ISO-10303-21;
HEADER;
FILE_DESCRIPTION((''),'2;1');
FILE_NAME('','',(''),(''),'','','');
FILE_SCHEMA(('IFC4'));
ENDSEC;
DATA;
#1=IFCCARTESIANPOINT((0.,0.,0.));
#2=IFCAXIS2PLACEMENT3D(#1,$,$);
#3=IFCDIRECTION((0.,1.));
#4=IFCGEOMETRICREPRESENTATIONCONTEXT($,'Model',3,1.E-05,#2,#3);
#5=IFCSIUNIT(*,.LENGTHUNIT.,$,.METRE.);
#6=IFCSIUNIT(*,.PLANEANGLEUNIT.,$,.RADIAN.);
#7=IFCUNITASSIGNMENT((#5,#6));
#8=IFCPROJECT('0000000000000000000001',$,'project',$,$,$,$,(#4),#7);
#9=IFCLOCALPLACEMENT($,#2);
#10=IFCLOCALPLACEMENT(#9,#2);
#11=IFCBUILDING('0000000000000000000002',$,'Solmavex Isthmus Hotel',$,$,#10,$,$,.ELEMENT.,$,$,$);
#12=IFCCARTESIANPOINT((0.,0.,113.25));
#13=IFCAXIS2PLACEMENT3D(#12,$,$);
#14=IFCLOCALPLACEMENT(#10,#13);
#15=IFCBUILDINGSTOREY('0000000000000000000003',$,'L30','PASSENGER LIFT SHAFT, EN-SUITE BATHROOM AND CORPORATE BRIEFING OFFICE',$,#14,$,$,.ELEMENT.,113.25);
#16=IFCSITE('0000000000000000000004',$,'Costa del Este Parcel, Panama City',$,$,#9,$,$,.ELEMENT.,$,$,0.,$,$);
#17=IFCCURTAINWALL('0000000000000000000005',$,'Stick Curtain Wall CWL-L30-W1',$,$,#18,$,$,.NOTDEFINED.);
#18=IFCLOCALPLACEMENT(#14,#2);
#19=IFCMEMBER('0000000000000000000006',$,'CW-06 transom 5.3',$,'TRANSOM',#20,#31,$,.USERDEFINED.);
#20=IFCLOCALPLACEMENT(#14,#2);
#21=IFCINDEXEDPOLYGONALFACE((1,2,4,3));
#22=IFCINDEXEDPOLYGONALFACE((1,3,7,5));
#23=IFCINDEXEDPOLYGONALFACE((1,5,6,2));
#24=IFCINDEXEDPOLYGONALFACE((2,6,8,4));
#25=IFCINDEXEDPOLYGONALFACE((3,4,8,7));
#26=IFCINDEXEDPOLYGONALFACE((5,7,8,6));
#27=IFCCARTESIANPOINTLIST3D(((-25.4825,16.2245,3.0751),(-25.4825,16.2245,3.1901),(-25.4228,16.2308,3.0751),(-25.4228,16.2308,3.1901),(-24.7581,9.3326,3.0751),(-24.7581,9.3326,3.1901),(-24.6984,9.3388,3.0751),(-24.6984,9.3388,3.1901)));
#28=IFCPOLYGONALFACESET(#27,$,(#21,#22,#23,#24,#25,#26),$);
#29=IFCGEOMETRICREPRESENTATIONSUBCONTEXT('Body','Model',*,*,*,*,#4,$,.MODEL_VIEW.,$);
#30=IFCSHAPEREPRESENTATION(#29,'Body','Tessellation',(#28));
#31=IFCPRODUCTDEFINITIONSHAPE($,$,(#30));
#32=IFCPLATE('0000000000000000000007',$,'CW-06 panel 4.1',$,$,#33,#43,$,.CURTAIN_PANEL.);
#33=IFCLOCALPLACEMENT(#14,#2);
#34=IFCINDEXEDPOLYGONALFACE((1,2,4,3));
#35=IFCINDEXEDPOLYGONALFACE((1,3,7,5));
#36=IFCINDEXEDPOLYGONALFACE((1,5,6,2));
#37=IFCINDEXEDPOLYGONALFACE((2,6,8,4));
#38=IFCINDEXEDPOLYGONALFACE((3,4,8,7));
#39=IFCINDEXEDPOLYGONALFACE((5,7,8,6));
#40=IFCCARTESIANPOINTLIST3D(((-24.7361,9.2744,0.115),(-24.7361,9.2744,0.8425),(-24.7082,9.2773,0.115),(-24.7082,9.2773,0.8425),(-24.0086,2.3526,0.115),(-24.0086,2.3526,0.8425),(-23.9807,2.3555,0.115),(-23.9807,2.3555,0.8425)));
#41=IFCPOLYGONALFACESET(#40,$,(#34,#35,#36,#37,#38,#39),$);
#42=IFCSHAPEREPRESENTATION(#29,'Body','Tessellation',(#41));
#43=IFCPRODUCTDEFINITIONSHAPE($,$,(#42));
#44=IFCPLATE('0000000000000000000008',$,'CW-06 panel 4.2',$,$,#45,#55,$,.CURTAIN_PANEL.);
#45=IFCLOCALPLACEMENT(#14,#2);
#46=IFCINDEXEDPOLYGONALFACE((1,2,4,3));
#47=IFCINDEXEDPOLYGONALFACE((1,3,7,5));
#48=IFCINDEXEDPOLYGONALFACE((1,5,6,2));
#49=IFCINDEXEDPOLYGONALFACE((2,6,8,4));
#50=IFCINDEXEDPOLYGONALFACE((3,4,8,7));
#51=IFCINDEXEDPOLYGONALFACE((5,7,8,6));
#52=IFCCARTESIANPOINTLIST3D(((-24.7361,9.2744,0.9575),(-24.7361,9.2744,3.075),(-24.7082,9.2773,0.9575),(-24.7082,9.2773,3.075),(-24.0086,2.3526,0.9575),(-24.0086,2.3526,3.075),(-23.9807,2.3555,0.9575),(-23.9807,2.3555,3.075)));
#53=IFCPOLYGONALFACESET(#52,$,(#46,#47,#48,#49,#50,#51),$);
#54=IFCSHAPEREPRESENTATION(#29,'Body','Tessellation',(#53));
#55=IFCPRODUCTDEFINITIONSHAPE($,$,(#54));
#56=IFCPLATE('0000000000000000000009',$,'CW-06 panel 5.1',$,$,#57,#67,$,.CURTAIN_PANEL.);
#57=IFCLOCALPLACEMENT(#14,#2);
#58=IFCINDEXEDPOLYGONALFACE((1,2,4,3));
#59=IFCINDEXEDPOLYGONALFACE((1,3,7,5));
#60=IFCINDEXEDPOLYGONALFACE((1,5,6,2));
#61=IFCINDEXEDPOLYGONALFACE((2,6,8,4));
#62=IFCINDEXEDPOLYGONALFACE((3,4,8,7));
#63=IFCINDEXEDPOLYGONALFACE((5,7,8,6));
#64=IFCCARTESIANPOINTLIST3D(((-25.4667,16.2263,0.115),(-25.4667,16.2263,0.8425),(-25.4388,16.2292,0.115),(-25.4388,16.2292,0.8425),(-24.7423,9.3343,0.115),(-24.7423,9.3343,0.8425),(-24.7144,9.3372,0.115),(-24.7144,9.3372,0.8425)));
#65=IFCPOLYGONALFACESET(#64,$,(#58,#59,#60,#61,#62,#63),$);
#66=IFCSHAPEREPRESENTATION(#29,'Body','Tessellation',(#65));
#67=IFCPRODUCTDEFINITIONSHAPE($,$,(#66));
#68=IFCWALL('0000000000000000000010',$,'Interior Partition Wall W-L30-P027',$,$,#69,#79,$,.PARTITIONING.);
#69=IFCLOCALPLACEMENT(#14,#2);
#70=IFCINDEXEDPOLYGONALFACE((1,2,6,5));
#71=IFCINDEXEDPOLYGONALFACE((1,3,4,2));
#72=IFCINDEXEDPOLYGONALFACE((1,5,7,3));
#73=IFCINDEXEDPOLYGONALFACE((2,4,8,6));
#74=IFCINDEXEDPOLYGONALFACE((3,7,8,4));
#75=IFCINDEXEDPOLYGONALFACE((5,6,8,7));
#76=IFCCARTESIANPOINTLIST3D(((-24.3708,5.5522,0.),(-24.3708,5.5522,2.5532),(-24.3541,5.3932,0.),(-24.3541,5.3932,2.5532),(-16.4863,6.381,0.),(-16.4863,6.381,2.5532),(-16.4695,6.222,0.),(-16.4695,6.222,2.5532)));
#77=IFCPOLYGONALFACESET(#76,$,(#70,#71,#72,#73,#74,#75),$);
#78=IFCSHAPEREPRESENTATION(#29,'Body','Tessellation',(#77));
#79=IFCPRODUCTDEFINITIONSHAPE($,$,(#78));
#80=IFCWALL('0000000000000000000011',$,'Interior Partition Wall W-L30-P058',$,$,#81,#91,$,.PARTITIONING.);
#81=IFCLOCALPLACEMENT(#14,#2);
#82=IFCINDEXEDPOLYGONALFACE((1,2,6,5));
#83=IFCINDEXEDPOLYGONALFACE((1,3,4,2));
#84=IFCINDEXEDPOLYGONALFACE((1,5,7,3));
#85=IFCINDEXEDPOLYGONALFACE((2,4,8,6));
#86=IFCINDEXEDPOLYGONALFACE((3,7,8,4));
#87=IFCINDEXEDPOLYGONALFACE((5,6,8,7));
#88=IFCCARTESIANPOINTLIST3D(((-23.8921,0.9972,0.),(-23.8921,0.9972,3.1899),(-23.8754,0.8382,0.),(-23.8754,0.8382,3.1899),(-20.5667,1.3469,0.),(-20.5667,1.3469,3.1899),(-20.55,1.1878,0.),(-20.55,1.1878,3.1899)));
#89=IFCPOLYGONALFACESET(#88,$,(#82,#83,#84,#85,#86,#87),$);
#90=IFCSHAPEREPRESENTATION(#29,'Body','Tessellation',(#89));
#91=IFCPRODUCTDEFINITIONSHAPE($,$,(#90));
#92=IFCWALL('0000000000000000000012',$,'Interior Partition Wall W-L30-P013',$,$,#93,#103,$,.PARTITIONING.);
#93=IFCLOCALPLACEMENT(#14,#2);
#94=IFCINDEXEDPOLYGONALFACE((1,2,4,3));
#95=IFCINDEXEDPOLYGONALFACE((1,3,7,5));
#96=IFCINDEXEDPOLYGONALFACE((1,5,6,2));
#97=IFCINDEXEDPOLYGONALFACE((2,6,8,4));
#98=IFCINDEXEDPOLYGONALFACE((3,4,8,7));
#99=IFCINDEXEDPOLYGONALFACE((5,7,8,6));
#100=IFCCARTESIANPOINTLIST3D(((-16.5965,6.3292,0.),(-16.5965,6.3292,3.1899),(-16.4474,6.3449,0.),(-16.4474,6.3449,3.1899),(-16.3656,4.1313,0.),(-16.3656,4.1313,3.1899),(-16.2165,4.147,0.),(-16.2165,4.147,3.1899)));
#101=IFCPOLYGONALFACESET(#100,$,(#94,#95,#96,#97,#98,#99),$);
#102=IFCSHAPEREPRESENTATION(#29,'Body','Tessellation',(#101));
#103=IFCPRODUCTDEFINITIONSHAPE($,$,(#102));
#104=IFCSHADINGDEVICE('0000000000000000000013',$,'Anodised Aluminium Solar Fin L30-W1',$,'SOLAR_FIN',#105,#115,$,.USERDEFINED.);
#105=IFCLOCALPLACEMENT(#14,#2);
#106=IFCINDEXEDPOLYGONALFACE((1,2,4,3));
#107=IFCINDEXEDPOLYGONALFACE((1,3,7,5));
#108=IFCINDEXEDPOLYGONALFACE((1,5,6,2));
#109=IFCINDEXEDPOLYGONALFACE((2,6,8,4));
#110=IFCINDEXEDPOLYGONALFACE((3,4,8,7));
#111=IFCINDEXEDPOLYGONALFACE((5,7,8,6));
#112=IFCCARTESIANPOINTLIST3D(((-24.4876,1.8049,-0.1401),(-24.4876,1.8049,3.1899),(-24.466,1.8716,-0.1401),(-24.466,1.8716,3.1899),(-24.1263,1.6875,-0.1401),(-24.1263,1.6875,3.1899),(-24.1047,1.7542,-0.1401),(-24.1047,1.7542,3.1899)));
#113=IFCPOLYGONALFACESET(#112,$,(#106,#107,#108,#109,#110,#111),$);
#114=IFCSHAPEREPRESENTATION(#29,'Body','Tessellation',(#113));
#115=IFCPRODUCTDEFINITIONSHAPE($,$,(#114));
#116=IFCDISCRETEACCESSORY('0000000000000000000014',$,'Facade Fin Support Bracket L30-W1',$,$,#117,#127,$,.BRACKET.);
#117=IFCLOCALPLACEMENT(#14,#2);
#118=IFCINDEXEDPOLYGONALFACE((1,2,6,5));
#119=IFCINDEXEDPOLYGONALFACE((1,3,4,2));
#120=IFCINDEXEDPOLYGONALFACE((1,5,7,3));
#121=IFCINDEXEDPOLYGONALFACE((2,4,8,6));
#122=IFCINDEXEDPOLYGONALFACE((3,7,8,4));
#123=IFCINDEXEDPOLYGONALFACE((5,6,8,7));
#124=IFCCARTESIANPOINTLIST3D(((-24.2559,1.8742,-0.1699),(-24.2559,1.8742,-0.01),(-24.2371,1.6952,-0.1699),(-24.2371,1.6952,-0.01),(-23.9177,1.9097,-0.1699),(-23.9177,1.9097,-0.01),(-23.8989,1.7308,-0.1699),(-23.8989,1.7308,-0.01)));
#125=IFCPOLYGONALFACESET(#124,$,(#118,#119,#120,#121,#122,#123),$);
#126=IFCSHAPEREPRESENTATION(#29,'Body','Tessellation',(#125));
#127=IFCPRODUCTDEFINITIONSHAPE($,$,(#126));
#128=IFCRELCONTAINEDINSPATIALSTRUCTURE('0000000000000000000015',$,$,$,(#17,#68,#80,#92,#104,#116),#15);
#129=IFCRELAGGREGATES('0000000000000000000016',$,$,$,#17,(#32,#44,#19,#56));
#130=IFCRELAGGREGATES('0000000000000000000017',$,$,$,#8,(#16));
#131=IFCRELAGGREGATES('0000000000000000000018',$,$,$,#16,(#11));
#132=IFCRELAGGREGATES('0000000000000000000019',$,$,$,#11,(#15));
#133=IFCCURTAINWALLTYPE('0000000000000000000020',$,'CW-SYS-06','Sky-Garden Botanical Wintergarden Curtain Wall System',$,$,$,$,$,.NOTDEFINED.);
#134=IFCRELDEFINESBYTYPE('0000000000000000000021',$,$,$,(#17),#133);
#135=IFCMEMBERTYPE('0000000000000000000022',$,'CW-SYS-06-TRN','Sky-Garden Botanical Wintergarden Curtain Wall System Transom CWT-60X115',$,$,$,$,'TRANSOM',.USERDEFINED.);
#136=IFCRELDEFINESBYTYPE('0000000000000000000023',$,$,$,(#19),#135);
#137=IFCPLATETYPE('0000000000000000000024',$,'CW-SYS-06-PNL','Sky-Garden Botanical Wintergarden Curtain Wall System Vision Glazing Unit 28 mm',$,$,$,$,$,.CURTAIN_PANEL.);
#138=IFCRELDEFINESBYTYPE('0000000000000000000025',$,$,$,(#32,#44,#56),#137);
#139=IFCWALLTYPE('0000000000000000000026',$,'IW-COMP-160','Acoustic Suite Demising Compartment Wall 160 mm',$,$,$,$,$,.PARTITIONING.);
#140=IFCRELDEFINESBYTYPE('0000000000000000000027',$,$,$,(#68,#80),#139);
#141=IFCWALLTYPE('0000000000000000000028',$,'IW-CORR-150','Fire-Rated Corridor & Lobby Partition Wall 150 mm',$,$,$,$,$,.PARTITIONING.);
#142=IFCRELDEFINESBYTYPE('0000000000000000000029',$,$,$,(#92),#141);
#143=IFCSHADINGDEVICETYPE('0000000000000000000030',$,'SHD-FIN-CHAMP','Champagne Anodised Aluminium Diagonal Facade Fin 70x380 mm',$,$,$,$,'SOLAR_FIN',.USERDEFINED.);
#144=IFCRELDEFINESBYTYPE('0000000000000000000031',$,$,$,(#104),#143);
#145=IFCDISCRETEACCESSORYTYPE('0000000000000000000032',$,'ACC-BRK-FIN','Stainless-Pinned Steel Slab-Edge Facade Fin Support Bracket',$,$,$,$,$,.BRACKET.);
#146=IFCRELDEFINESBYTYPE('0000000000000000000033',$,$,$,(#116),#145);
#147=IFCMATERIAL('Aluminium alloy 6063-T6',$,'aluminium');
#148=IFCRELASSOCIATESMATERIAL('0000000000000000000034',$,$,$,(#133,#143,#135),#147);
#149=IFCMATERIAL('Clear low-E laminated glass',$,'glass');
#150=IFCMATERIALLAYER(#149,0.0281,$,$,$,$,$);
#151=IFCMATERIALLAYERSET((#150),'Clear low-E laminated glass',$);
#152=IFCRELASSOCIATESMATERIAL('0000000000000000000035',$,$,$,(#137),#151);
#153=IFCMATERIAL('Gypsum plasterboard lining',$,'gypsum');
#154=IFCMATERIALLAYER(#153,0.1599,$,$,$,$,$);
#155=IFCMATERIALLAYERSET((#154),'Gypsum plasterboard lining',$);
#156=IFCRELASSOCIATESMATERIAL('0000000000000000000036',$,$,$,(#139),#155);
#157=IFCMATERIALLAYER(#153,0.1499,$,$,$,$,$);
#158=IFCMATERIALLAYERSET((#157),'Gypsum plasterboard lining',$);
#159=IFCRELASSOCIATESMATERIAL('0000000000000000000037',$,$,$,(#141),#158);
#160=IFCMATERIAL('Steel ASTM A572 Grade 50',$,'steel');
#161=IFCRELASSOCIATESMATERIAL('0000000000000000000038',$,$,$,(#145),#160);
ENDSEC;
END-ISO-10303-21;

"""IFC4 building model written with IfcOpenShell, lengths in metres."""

from ifc_helpers import new_model, si_unit, direction, frame, frame_2d, origin, origin_2d, place, context, subcontext, project, spatial, rectangle, extrude, material, layer, layer_set, material_profile, profile_set, type_object, element, aggregate, save


model = new_model("IFC4")

# Units and contexts
model_context = context("Model", 3, precision=1e-05, world=origin(), true_north=direction((0.0, 1.0)))
body_context = subcontext(model_context, "Body", "Model", "MODEL_VIEW")
ifc_project = project(units=[si_unit("LENGTHUNIT", "METRE"), si_unit("PLANEANGLEUNIT", "RADIAN")], contexts=[model_context])

# Site, building, storey
site_placement = place(None, origin())
site = spatial("IfcSite", under=ifc_project, at=site_placement, Name="Costa del Este Parcel, Panama City", CompositionType="ELEMENT", RefElevation=0.0)
building_placement = place(site_placement, origin())
building = spatial("IfcBuilding", under=site, at=building_placement, Name="Solmavex Isthmus Hotel", CompositionType="ELEMENT")
storey_placement = place(building_placement, frame((0.0, 0.0, 113.25)))
storey = spatial("IfcBuildingStorey", under=building, at=storey_placement, Name="L30", Description="PASSENGER LIFT SHAFT, EN-SUITE BATHROOM AND CORPORATE BRIEFING OFFICE", CompositionType="ELEMENT", Elevation=113.25)

# Curtain wall, member, plates
ifc_material_1 = material(Name="Aluminium alloy 6063-T6", Category="aluminium")
curtain_wall_type = type_object("IfcCurtainWallType", Name="CW-SYS-06", Description="Sky-Garden Botanical Wintergarden Curtain Wall System", PredefinedType="NOTDEFINED", material=ifc_material_1)
curtain_wall_placement = place(storey_placement, origin())
curtain_wall = element("IfcCurtainWall", 1, at=curtain_wall_placement, inside=storey, type_object=curtain_wall_type, Name="Stick Curtain Wall CWL-L30-W1", PredefinedType="NOTDEFINED")
ifc_material_profile_1 = material_profile(ifc_material_1, rectangle(XDim=0.0601, YDim=0.115, at=origin_2d()), Name="CWT-60X115")
ifc_profile_set_1 = profile_set([ifc_material_profile_1], Name="Aluminium alloy 6063-T6")
member_type_1 = type_object("IfcMemberType", Name="CW-SYS-06-TRN", Description="Sky-Garden Botanical Wintergarden Curtain Wall System Transom CWT-60X115", ElementType="TRANSOM", PredefinedType="USERDEFINED", material=ifc_profile_set_1)
member_1_placement = place(storey_placement, frame((-24.7283, 9.3357, 3.1326), z_axis=(-0.104525, 0.994522, 0.0), x_axis=(-0.994522, -0.104525, 0.0)))
member_1 = element("IfcMember", 2, at=member_1_placement, type_object=member_type_1, Name="CW-06 transom 5.3", ObjectType="TRANSOM", PredefinedType="USERDEFINED", context=body_context, shape_type="SweptSolid", body=[
    extrude(rectangle(XDim=0.0601, YDim=0.115, at=origin_2d()), origin(), (0.0, 0.0, 1.0), 6.9299),
])
ifc_material_2 = material(Name="Clear low-E laminated glass", Category="glass")
ifc_layer_1 = layer(ifc_material_2, 0.0281)
ifc_layer_set_1 = layer_set([ifc_layer_1], Name="Clear low-E laminated glass")
plate_type = type_object("IfcPlateType", Name="CW-SYS-06-PNL", Description="Sky-Garden Botanical Wintergarden Curtain Wall System Vision Glazing Unit 28 mm", PredefinedType="CURTAIN_PANEL", material=ifc_layer_set_1)
plate_1_placement = place(storey_placement, frame((-24.3584, 5.8149, 0.115), z_axis=(0.0, 0.0, 1.0), x_axis=(-0.104528, 0.994522, 0.0)))
plate_1 = element("IfcPlate", 3, at=plate_1_placement, type_object=plate_type, Name="CW-06 panel 4.1", PredefinedType="CURTAIN_PANEL", context=body_context, shape_type="SweptSolid", body=[
    extrude(rectangle(XDim=6.96, YDim=0.0281, at=origin_2d()), origin(), (0.0, 0.0, 1.0), 0.7275),
])
plate_2_placement = place(storey_placement, frame((-24.3584, 5.8149, 0.9575), z_axis=(0.0, 0.0, 1.0), x_axis=(-0.104528, 0.994522, 0.0)))
plate_2 = element("IfcPlate", 4, at=plate_2_placement, type_object=plate_type, Name="CW-06 panel 4.2", PredefinedType="CURTAIN_PANEL", context=body_context, shape_type="SweptSolid", body=[
    extrude(rectangle(XDim=6.96, YDim=0.0281, at=origin_2d()), origin(), (0.0, 0.0, 1.0), 2.1174),
])
plate_3_placement = place(storey_placement, frame((-25.0906, 12.7817, 0.115), z_axis=(0.0, 0.0, 1.0), x_axis=(-0.104528, 0.994522, 0.0)))
plate_3 = element("IfcPlate", 5, at=plate_3_placement, type_object=plate_type, Name="CW-06 panel 5.1", PredefinedType="CURTAIN_PANEL", context=body_context, shape_type="SweptSolid", body=[
    extrude(rectangle(XDim=6.9299, YDim=0.0281, at=origin_2d()), origin(), (0.0, 0.0, 1.0), 0.7275),
])
aggregate(curtain_wall, [plate_1, plate_2, member_1, plate_3])

# Walls
ifc_material_3 = material(Name="Gypsum plasterboard lining", Category="gypsum")
ifc_layer_2 = layer(ifc_material_3, 0.1599)
ifc_layer_set_2 = layer_set([ifc_layer_2], Name="Gypsum plasterboard lining")
wall_type_1 = type_object("IfcWallType", Name="IW-COMP-160", Description="Acoustic Suite Demising Compartment Wall 160 mm", PredefinedType="PARTITIONING", material=ifc_layer_set_2)
wall_1_placement = place(storey_placement, frame((-16.478, 6.3015, 0.0), z_axis=(0.0, 0.0, 1.0), x_axis=(-0.99452, -0.104549, 0.0)))
element("IfcWall", 6, at=wall_1_placement, inside=storey, type_object=wall_type_1, Name="Interior Partition Wall W-L30-P027", PredefinedType="PARTITIONING", context=body_context, shape_type="SweptSolid", body=[
    extrude(rectangle(XDim=7.928, YDim=0.1599, at=frame_2d((3.9639, 0.0))), origin(), (0.0, 0.0, 1.0), 2.5532),
])
wall_2_placement = place(storey_placement, frame((-20.5583, 1.2673, 0.0), z_axis=(0.0, 0.0, 1.0), x_axis=(-0.994519, -0.104556, 0.0)))
element("IfcWall", 7, at=wall_2_placement, inside=storey, type_object=wall_type_1, Name="Interior Partition Wall W-L30-P058", PredefinedType="PARTITIONING", context=body_context, shape_type="SweptSolid", body=[
    extrude(rectangle(XDim=3.3438, YDim=0.1599, at=frame_2d((1.6719, 0.0))), origin(), (0.0, 0.0, 1.0), 3.1899),
])

# Shared definitions
ifc_layer_3 = layer(ifc_material_3, 0.1499)
ifc_layer_set_3 = layer_set([ifc_layer_3], Name="Gypsum plasterboard lining")
wall_type_2 = type_object("IfcWallType", Name="IW-CORR-150", Description="Fire-Rated Corridor & Lobby Partition Wall 150 mm", PredefinedType="PARTITIONING", material=ifc_layer_set_3)

# Wall
wall_3_placement = place(storey_placement, frame((-16.291, 4.1392, 0.0), z_axis=(0.0, 0.0, 1.0), x_axis=(-0.104512, 0.994524, 0.0)))
element("IfcWall", 8, at=wall_3_placement, inside=storey, type_object=wall_type_2, Name="Interior Partition Wall W-L30-P013", PredefinedType="PARTITIONING", context=body_context, shape_type="SweptSolid", body=[
    extrude(rectangle(XDim=2.21, YDim=0.1499, at=frame_2d((1.105, 0.0))), origin(), (0.0, 0.0, 1.0), 3.1899),
])

# Shading device
shading_device_type = type_object("IfcShadingDeviceType", Name="SHD-FIN-CHAMP", Description="Champagne Anodised Aluminium Diagonal Facade Fin 70x380 mm", ElementType="SOLAR_FIN", PredefinedType="USERDEFINED", material=ifc_material_1)
shading_device_placement = place(storey_placement, frame((-24.2961, 1.7795, -0.1401), z_axis=(0.0, 0.0, 1.0), x_axis=(-0.951057, 0.309017, 0.0)))
element("IfcShadingDevice", 9, at=shading_device_placement, inside=storey, type_object=shading_device_type, Name="Anodised Aluminium Solar Fin L30-W1", ObjectType="SOLAR_FIN", PredefinedType="USERDEFINED", context=body_context, shape_type="SweptSolid", body=[
    extrude(rectangle(XDim=0.3799, YDim=0.0701, at=origin_2d()), origin(), (0.0, 0.0, 1.0), 3.3301),
])

# Discrete accessory
ifc_material_4 = material(Name="Steel ASTM A572 Grade 50", Category="steel")
discrete_accessory_type = type_object("IfcDiscreteAccessoryType", Name="ACC-BRK-FIN", Description="Stainless-Pinned Steel Slab-Edge Facade Fin Support Bracket", PredefinedType="BRACKET", material=ifc_material_4)
discrete_accessory_placement = place(storey_placement, frame((-24.0774, 1.8025, -0.1699), z_axis=(0.0, 0.0, 1.0), x_axis=(-0.994522, -0.104528, 0.0)))
element("IfcDiscreteAccessory", 10, at=discrete_accessory_placement, inside=storey, type_object=discrete_accessory_type, Name="Facade Fin Support Bracket L30-W1", PredefinedType="BRACKET", context=body_context, shape_type="SweptSolid", body=[
    extrude(rectangle(XDim=0.3401, YDim=0.1799, at=origin_2d()), origin(), (0.0, 0.0, 1.0), 0.1599),
])

save(model, "model.ifc")
